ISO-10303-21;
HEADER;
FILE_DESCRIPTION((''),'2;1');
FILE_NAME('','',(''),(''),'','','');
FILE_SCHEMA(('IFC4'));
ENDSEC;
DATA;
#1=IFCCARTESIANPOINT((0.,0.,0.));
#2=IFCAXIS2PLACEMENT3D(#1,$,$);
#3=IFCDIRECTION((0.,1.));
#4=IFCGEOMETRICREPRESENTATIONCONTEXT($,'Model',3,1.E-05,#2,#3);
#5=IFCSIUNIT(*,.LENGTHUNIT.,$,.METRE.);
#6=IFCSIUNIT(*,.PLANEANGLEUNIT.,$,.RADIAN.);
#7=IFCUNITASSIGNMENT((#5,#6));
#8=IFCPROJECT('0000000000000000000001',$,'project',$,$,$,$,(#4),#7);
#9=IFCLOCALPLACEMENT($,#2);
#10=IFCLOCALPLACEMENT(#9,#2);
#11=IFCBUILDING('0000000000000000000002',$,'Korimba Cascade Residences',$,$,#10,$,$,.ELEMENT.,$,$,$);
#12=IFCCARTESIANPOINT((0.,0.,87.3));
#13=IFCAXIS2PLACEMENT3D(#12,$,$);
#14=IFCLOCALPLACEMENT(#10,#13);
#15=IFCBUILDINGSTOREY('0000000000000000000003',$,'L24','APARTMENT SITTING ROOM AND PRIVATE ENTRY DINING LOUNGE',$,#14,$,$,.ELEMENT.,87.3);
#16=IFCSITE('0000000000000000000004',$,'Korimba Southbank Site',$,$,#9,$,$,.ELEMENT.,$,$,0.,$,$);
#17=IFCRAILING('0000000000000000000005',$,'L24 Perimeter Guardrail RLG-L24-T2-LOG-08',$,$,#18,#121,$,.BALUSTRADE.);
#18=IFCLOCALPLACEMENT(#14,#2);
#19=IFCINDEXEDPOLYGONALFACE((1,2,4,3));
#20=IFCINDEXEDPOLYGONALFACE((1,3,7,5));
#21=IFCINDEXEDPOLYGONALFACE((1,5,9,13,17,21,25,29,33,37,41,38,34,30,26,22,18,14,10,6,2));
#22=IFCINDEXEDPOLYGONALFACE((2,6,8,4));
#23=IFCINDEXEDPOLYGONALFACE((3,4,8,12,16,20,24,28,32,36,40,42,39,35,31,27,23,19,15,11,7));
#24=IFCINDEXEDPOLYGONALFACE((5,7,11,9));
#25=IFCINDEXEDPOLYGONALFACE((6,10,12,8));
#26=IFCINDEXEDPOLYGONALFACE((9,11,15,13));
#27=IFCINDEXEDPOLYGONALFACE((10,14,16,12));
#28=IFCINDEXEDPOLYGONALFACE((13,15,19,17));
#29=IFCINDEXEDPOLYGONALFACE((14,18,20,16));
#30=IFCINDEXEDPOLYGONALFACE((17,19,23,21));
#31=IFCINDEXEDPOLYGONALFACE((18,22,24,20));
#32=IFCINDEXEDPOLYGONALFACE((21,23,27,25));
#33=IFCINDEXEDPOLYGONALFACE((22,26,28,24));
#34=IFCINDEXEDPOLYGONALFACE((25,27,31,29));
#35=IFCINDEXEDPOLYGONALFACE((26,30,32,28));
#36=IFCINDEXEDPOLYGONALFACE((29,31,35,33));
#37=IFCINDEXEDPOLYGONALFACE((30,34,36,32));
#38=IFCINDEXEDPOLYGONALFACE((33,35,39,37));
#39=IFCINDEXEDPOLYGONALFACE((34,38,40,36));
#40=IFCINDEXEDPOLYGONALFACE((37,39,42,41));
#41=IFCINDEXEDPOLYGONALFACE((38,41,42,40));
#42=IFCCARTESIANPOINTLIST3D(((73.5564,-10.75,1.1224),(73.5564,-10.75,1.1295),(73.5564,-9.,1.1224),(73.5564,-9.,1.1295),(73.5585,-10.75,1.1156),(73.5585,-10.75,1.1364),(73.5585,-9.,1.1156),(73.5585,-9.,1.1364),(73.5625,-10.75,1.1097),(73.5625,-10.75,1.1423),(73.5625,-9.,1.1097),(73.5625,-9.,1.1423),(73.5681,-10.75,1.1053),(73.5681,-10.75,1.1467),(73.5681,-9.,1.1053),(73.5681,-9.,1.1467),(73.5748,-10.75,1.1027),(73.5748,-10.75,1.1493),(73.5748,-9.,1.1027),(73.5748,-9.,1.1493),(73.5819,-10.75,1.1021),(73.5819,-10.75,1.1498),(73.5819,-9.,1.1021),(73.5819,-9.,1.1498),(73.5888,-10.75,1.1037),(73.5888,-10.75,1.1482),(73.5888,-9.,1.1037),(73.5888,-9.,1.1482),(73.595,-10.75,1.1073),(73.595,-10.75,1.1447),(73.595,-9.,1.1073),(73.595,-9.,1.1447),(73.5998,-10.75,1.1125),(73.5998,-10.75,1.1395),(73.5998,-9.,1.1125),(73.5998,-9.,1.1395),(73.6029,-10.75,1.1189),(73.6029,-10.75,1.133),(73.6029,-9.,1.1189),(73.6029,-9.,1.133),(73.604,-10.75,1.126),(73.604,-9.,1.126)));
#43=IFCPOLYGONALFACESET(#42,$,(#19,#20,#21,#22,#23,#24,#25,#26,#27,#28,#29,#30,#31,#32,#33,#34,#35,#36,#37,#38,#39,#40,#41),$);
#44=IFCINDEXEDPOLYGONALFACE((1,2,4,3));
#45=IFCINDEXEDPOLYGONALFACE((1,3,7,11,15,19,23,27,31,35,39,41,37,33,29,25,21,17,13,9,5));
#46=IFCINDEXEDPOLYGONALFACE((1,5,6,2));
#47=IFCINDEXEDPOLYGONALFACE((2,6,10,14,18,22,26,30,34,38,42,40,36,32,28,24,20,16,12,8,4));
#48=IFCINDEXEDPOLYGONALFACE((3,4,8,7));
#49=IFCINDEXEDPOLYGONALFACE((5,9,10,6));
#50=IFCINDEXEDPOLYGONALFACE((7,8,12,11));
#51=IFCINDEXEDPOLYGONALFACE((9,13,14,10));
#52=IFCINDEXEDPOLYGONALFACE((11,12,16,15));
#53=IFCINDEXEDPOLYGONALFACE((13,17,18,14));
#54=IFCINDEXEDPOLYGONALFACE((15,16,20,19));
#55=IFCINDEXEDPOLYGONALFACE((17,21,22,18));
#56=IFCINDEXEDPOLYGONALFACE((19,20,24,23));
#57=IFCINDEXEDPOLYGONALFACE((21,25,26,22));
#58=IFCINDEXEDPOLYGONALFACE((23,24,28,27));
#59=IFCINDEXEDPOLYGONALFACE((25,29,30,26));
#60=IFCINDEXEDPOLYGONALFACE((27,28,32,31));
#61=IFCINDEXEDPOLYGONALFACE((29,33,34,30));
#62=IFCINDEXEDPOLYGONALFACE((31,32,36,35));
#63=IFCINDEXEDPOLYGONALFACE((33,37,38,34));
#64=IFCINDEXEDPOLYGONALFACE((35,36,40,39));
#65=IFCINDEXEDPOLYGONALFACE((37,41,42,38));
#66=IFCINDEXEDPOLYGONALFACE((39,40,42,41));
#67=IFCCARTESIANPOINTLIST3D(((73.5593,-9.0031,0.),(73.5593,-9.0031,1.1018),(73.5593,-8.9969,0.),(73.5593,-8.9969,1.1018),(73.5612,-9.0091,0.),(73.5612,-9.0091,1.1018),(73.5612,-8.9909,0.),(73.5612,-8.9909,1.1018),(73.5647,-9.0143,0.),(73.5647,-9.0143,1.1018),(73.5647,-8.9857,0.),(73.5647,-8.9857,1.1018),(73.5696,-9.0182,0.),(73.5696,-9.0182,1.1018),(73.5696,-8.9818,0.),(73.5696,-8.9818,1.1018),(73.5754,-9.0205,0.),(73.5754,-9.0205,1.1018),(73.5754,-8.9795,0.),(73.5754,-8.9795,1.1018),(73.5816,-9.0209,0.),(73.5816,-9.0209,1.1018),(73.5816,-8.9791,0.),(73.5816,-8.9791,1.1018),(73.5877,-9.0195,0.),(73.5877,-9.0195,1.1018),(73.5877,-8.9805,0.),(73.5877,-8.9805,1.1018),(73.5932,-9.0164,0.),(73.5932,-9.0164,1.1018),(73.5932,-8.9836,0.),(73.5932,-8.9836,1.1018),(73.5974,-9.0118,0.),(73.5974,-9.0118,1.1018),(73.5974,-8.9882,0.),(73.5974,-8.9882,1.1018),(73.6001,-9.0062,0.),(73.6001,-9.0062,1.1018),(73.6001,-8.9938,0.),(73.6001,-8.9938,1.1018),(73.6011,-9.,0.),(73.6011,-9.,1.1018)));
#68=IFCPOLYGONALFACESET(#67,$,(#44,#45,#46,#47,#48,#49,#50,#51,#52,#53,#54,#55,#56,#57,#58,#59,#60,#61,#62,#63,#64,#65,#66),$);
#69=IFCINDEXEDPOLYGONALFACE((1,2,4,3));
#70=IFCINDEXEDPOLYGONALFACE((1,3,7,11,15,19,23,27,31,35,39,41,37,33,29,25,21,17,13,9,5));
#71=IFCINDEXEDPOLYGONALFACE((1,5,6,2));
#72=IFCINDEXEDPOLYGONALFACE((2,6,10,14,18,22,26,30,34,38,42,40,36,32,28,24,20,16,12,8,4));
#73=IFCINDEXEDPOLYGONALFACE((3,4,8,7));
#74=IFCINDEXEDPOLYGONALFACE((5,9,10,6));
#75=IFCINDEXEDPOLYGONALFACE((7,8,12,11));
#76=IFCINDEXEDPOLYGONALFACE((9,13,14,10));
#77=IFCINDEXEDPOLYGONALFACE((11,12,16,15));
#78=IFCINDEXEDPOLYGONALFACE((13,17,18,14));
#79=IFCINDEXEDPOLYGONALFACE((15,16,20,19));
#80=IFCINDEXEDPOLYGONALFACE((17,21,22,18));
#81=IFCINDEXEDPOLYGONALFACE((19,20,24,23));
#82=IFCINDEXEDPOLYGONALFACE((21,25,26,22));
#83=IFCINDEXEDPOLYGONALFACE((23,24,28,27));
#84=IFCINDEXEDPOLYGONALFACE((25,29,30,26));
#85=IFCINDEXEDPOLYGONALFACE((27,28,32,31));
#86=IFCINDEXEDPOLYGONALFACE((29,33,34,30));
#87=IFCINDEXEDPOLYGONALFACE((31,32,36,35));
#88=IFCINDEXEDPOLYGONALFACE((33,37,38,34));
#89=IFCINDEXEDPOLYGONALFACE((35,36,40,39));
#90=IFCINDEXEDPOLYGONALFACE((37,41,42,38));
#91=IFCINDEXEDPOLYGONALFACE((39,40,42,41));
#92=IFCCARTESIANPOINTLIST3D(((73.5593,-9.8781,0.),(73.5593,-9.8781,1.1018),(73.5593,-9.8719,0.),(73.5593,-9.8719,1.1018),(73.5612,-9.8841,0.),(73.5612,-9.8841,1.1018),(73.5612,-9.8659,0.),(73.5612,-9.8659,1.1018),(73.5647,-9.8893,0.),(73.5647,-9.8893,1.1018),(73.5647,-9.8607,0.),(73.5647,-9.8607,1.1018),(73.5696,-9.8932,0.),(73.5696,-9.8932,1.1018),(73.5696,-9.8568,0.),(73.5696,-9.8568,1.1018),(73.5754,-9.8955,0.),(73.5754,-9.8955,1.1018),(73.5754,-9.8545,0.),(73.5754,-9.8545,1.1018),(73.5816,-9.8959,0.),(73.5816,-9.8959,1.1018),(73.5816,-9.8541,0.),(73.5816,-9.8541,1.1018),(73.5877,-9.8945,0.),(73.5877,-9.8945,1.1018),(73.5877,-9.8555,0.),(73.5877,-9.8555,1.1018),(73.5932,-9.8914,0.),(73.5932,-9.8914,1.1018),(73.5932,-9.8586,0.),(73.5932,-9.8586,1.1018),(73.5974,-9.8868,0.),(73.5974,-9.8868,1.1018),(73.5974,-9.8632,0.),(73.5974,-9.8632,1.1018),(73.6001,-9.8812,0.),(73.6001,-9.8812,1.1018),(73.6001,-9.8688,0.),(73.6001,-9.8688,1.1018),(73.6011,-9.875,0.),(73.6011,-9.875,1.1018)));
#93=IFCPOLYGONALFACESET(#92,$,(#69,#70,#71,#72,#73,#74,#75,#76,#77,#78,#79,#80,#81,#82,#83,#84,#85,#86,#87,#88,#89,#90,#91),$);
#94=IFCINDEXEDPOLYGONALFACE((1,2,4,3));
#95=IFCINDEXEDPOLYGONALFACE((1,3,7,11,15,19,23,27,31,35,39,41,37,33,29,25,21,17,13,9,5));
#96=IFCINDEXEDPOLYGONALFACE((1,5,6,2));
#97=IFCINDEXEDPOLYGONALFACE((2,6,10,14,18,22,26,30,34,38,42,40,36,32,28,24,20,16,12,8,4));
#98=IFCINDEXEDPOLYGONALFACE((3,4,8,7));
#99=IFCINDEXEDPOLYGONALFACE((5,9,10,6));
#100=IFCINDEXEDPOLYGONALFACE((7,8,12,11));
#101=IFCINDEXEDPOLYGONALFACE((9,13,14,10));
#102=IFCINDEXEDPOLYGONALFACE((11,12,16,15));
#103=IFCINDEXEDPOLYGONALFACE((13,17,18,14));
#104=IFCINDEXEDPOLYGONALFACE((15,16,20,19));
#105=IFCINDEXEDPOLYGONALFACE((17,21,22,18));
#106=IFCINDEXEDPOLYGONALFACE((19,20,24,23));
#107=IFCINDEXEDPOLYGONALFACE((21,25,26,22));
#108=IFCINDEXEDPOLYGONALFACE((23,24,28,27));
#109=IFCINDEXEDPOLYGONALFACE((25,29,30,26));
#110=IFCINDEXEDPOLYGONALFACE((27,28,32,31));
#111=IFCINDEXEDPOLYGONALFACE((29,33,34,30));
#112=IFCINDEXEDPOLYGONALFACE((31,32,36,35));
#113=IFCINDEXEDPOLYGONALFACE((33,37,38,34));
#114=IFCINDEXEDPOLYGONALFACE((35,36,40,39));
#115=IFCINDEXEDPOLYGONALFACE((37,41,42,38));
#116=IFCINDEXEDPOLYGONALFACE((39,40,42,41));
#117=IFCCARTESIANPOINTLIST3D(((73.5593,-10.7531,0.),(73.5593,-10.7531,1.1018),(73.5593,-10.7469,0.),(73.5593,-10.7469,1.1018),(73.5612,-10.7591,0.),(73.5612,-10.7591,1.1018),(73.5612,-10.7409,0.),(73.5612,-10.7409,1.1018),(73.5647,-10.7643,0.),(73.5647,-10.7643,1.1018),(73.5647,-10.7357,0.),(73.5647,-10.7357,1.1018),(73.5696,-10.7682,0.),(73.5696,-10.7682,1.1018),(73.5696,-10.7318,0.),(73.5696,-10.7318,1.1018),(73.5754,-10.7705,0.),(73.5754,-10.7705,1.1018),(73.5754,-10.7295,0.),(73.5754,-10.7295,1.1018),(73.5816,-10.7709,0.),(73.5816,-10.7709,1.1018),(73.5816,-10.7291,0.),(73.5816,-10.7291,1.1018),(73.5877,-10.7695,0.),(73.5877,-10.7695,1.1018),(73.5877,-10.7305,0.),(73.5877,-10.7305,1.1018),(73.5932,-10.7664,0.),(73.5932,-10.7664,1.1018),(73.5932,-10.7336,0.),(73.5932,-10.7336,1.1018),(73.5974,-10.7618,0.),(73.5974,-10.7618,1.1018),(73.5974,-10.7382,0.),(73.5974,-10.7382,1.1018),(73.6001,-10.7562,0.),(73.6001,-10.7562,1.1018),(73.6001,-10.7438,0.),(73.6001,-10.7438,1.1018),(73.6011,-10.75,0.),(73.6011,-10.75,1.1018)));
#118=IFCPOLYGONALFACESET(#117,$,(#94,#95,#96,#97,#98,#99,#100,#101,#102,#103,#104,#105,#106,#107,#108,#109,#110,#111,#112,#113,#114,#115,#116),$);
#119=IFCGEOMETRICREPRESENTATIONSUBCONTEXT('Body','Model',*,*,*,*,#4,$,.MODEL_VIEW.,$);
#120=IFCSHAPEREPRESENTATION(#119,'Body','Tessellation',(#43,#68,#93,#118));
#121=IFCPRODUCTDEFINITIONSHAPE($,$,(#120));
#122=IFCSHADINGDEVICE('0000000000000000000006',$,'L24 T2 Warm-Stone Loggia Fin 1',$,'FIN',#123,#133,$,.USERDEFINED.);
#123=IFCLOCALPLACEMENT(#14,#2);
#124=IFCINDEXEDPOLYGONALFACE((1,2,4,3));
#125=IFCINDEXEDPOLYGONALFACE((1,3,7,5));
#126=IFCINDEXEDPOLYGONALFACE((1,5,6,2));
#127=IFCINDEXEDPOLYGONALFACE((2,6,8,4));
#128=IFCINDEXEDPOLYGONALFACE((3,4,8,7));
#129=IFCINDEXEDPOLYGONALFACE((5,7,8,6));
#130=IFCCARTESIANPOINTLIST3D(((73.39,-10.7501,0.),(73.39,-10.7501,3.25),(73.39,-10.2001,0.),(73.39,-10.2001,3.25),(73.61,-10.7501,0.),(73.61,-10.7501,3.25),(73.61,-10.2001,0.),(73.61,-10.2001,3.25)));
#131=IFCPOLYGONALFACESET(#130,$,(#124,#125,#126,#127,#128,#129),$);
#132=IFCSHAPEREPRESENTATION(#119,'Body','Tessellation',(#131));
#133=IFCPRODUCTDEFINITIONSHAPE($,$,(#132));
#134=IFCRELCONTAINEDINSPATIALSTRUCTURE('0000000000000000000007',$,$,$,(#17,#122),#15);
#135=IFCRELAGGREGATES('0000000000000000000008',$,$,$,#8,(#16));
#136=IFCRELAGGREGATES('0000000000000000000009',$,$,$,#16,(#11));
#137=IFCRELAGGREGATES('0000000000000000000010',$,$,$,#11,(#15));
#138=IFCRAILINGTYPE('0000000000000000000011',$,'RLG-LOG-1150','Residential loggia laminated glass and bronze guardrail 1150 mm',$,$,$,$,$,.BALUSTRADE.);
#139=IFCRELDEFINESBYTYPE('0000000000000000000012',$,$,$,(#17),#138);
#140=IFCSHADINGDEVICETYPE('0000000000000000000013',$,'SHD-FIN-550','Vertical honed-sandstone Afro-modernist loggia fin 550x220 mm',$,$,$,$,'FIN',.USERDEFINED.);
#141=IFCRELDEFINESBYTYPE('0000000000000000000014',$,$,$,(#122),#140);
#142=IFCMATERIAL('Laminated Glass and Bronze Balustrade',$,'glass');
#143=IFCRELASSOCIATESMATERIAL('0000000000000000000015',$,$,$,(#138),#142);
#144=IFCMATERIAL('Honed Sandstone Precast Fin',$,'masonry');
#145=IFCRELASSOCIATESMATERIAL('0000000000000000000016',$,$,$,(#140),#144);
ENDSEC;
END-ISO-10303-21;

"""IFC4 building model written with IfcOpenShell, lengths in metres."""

from ifc_helpers import new_model, si_unit, direction, frame, origin, origin_2d, place, context, subcontext, project, spatial, rectangle, circle, extrude, material, type_object, element, save


model = new_model("IFC4")

# Units and contexts
model_context = context("Model", 3, precision=1e-05, world=origin(), true_north=direction((0.0, 1.0)))
body_context = subcontext(model_context, "Body", "Model", "MODEL_VIEW")
ifc_project = project(units=[si_unit("LENGTHUNIT", "METRE"), si_unit("PLANEANGLEUNIT", "RADIAN")], contexts=[model_context])

# Site, building, storey
site_placement = place(None, origin())
site = spatial("IfcSite", under=ifc_project, at=site_placement, Name="Korimba Southbank Site", CompositionType="ELEMENT", RefElevation=0.0)
building_placement = place(site_placement, origin())
building = spatial("IfcBuilding", under=site, at=building_placement, Name="Korimba Cascade Residences", CompositionType="ELEMENT")
storey_placement = place(building_placement, frame((0.0, 0.0, 87.3)))
storey = spatial("IfcBuildingStorey", under=building, at=storey_placement, Name="L24", Description="APARTMENT SITTING ROOM AND PRIVATE ENTRY DINING LOUNGE", CompositionType="ELEMENT", Elevation=87.3)

# Railing
ifc_material_1 = material(Name="Laminated Glass and Bronze Balustrade", Category="glass")
railing_type = type_object("IfcRailingType", Name="RLG-LOG-1150", Description="Residential loggia laminated glass and bronze guardrail 1150 mm", PredefinedType="BALUSTRADE", material=ifc_material_1)
railing_1_placement = place(storey_placement, frame((73.5801, -9.0, 0.0)))
element("IfcRailing", 1, at=railing_1_placement, inside=storey, type_object=railing_type, Name="L24 Perimeter Guardrail RLG-L24-T2-LOG-08", PredefinedType="BALUSTRADE", context=body_context, shape_type="SweptSolid", body=[
    extrude(circle(Radius=0.0239, at=origin_2d()), frame((0.0, 0.0, 1.126), z_axis=(0.0, -1.0, 0.0), x_axis=(1.0, 0.0, 0.0)), (0.0, 0.0, 1.0), 1.75),
    extrude(circle(Radius=0.021, at=origin_2d()), origin(), (0.0, 0.0, 1.0), 1.1018),
    extrude(circle(Radius=0.021, at=origin_2d()), frame((0.0, -0.875, 0.0)), (0.0, 0.0, 1.0), 1.1018),
    extrude(circle(Radius=0.021, at=origin_2d()), frame((0.0, -1.75, 0.0)), (0.0, 0.0, 1.0), 1.1018),
])

# Shading device
ifc_material_2 = material(Name="Honed Sandstone Precast Fin", Category="masonry")
shading_device_type = type_object("IfcShadingDeviceType", Name="SHD-FIN-550", Description="Vertical honed-sandstone Afro-modernist loggia fin 550x220 mm", ElementType="FIN", PredefinedType="USERDEFINED", material=ifc_material_2)
shading_device_placement = place(storey_placement, frame((73.5, -10.4751, 0.0), z_axis=(0.0, 0.0, 1.0), x_axis=(1.0, 0.0, 0.0)))
element("IfcShadingDevice", 2, at=shading_device_placement, inside=storey, type_object=shading_device_type, Name="L24 T2 Warm-Stone Loggia Fin 1", ObjectType="FIN", PredefinedType="USERDEFINED", context=body_context, shape_type="SweptSolid", body=[
    extrude(rectangle(XDim=0.22, YDim=0.55, at=origin_2d()), origin(), (0.0, 0.0, 1.0), 3.25),
])

save(model, "model.ifc")
